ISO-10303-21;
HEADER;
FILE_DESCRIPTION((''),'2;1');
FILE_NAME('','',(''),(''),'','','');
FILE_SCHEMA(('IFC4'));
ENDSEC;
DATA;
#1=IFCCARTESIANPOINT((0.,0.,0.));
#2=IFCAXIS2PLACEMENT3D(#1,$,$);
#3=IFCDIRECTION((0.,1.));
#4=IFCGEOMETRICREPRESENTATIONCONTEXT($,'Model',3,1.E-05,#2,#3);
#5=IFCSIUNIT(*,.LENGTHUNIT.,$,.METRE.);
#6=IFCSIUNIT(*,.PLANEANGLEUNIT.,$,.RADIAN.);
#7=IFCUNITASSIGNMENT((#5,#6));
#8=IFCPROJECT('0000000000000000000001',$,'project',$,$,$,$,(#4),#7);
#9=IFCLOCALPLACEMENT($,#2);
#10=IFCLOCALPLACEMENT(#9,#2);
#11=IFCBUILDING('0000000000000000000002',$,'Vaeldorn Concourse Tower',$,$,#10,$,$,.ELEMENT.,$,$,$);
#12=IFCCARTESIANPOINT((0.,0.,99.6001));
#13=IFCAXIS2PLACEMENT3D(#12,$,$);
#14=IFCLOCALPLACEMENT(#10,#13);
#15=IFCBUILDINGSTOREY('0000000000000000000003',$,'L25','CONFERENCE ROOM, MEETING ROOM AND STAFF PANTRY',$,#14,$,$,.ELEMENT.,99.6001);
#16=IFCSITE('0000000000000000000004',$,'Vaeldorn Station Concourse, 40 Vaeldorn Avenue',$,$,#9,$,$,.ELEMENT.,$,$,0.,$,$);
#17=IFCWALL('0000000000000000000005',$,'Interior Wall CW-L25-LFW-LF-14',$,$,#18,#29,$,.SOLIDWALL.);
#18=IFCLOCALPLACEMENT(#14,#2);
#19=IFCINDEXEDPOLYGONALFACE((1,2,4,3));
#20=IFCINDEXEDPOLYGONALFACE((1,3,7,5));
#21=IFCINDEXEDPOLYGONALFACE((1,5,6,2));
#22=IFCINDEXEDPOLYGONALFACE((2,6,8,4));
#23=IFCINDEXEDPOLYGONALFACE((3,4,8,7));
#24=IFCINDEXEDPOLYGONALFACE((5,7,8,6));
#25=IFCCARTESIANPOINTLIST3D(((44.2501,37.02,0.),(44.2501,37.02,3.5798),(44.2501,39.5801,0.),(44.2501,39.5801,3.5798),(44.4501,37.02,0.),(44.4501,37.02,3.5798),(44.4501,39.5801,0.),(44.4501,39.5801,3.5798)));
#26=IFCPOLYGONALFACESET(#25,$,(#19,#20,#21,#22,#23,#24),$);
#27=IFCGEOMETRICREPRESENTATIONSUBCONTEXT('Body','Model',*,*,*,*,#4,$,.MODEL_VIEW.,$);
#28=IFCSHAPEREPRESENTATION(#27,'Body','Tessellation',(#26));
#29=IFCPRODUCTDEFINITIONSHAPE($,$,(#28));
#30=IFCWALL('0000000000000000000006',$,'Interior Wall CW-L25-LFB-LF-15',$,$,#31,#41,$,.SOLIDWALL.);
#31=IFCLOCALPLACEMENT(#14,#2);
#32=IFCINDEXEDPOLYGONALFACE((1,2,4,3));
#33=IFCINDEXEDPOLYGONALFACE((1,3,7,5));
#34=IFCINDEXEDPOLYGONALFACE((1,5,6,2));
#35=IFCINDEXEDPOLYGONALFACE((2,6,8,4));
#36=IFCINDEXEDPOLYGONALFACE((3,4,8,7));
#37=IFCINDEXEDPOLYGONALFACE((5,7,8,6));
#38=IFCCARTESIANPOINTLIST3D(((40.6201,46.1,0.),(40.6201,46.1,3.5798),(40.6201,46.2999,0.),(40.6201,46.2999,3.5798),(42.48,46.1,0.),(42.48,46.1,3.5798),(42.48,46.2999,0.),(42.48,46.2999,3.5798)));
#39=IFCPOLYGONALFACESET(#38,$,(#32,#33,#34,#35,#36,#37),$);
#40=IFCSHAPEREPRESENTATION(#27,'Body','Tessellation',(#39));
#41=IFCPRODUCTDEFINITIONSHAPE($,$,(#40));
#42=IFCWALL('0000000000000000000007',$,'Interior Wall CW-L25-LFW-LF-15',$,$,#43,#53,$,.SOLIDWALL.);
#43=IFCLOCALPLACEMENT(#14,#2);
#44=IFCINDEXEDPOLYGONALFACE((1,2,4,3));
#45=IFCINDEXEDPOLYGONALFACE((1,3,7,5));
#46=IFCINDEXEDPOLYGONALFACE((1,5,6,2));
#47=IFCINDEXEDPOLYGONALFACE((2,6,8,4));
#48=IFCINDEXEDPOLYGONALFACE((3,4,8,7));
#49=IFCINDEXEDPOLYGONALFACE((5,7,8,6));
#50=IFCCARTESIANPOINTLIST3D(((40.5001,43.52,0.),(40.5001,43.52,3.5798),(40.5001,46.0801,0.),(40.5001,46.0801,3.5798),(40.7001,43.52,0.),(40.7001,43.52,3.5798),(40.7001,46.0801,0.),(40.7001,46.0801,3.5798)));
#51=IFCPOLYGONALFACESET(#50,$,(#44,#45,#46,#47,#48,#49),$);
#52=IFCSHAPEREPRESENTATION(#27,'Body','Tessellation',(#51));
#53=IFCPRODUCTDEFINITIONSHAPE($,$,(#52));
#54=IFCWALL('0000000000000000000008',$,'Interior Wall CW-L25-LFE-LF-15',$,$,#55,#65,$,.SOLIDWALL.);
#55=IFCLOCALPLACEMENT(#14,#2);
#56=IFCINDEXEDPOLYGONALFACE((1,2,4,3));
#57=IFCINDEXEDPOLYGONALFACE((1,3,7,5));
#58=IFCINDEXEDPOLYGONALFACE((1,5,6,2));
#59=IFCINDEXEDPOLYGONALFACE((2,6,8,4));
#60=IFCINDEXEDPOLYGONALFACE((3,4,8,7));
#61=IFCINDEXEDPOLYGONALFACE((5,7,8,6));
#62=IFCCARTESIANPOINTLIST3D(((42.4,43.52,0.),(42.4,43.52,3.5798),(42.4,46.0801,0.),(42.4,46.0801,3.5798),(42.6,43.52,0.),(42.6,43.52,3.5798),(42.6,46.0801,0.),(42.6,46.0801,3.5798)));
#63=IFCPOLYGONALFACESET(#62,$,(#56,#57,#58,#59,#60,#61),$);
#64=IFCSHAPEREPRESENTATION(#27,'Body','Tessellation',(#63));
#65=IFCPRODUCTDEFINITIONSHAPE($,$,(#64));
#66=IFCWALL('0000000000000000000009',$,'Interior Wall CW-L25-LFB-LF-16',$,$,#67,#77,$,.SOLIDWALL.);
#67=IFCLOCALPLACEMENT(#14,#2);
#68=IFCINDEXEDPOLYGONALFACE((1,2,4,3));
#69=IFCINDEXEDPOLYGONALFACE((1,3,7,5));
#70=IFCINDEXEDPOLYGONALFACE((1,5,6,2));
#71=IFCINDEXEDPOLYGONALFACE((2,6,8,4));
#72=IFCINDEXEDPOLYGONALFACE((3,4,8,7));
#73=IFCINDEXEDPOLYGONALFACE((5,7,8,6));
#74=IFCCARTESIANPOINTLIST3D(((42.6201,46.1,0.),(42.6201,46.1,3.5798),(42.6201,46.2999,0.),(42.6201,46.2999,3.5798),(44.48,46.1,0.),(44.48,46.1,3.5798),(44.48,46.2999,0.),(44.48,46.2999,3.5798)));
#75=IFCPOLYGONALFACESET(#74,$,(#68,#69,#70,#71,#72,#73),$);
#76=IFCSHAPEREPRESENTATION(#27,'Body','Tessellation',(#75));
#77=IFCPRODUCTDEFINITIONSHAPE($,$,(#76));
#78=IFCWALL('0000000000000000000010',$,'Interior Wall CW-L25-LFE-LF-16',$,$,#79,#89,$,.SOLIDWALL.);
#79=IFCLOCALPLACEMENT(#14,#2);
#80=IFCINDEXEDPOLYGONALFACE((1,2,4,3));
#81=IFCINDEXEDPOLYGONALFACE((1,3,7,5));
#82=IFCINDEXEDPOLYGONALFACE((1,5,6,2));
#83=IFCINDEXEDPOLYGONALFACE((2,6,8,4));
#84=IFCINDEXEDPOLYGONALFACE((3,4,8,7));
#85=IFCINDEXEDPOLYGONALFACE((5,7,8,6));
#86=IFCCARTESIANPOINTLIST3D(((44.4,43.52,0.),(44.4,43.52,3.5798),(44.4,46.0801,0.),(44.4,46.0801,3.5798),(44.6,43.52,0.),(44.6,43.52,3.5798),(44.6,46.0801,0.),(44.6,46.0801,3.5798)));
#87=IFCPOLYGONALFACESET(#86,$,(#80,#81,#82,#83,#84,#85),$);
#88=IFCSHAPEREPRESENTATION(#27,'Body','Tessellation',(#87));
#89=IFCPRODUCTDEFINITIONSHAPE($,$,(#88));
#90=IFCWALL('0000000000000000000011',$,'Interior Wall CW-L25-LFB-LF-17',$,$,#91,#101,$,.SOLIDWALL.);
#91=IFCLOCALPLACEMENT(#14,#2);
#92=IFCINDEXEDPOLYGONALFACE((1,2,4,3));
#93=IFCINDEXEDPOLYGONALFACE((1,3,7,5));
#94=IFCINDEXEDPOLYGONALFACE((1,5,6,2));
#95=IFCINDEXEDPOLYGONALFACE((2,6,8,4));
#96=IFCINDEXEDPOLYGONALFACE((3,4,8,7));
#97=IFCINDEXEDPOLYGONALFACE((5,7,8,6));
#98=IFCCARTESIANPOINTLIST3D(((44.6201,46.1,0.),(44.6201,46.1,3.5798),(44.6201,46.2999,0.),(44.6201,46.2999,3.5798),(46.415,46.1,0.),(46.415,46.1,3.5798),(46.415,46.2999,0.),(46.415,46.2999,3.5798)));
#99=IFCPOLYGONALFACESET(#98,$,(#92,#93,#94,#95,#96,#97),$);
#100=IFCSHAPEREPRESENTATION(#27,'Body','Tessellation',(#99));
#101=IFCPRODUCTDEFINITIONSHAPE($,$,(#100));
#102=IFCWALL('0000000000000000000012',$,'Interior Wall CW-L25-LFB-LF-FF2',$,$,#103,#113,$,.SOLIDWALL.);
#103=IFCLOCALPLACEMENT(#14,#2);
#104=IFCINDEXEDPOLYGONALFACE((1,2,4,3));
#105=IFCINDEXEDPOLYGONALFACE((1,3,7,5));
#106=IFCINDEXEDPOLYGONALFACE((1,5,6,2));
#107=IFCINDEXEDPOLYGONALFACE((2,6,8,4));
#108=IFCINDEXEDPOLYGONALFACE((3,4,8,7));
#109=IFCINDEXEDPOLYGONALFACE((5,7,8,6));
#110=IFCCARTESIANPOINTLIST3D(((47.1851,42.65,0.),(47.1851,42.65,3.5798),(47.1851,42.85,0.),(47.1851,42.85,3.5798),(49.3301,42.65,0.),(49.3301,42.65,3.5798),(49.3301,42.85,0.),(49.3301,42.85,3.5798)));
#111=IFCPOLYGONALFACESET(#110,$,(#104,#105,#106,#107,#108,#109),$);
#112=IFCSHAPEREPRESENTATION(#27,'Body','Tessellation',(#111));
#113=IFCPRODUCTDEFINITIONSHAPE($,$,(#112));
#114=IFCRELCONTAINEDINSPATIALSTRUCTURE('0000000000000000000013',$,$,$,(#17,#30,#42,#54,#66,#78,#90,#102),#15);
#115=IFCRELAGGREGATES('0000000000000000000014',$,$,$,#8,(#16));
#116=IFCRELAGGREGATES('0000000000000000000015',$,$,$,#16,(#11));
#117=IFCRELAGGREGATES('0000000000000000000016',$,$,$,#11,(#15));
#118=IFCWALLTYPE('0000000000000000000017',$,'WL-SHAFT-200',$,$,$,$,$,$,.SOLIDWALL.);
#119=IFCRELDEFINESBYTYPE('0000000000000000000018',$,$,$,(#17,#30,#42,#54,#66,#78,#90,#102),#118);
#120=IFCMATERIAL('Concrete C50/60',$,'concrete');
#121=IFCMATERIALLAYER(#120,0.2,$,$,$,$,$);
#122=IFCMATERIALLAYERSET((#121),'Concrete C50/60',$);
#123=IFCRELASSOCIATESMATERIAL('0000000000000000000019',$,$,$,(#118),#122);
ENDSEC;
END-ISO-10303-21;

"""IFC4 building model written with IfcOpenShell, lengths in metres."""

from ifc_helpers import new_model, si_unit, direction, frame, frame_2d, origin, place, context, subcontext, project, spatial, rectangle, extrude, material, layer, layer_set, type_object, element, save


model = new_model("IFC4")

# Units and contexts
model_context = context("Model", 3, precision=1e-05, world=origin(), true_north=direction((0.0, 1.0)))
body_context = subcontext(model_context, "Body", "Model", "MODEL_VIEW")
ifc_project = project(units=[si_unit("LENGTHUNIT", "METRE"), si_unit("PLANEANGLEUNIT", "RADIAN")], contexts=[model_context])

# Site, building, storey
site_placement = place(None, origin())
site = spatial("IfcSite", under=ifc_project, at=site_placement, Name="Vaeldorn Station Concourse, 40 Vaeldorn Avenue", CompositionType="ELEMENT", RefElevation=0.0)
building_placement = place(site_placement, origin())
building = spatial("IfcBuilding", under=site, at=building_placement, Name="Vaeldorn Concourse Tower", CompositionType="ELEMENT")
storey_placement = place(building_placement, frame((0.0, 0.0, 99.6001)))
storey = spatial("IfcBuildingStorey", under=building, at=storey_placement, Name="L25", Description="CONFERENCE ROOM, MEETING ROOM AND STAFF PANTRY", CompositionType="ELEMENT", Elevation=99.6001)

# Shared definitions
ifc_material_1 = material(Name="Concrete C50/60", Category="concrete")
ifc_layer_1 = layer(ifc_material_1, 0.2)
ifc_layer_set_1 = layer_set([ifc_layer_1], Name="Concrete C50/60")
wall_type_1 = type_object("IfcWallType", Name="WL-SHAFT-200", PredefinedType="SOLIDWALL", material=ifc_layer_set_1)

# Wall
wall_1_placement = place(storey_placement, frame((44.3501, 37.02, 0.0), z_axis=(0.0, 0.0, 1.0), x_axis=(0.0, 1.0, 0.0)))
element("IfcWall", 1, at=wall_1_placement, inside=storey, type_object=wall_type_1, Name="Interior Wall CW-L25-LFW-LF-14", PredefinedType="SOLIDWALL", context=body_context, shape_type="SweptSolid", body=[
    extrude(rectangle(XDim=2.5601, YDim=0.2, at=frame_2d((1.28, 0.0))), origin(), (0.0, 0.0, 1.0), 3.5798),
])

# Walls
wall_2_placement = place(storey_placement, frame((40.6201, 46.2, 0.0), z_axis=(0.0, 0.0, 1.0), x_axis=(1.0, 0.0, 0.0)))
element("IfcWall", 2, at=wall_2_placement, inside=storey, type_object=wall_type_1, Name="Interior Wall CW-L25-LFB-LF-15", PredefinedType="SOLIDWALL", context=body_context, shape_type="SweptSolid", body=[
    extrude(rectangle(XDim=1.8599, YDim=0.2, at=frame_2d((0.9299, 0.0))), origin(), (0.0, 0.0, 1.0), 3.5798),
])
for number, where, z_axis, x_axis, name in (
    (3, (40.6001, 43.52, 0.0), (0.0, 0.0, 1.0), (0.0, 1.0, 0.0), "Interior Wall CW-L25-LFW-LF-15"),
    (4, (42.5, 43.52, 0.0), (0.0, 0.0, 1.0), (0.0, 1.0, 0.0), "Interior Wall CW-L25-LFE-LF-15"),
):
    element("IfcWall", number, at=place(storey_placement, frame(where, z_axis=z_axis, x_axis=x_axis)), inside=storey, type_object=wall_type_1, Name=name, PredefinedType="SOLIDWALL", context=body_context, shape_type="SweptSolid", body=[
        extrude(rectangle(XDim=2.5601, YDim=0.2, at=frame_2d((1.28, 0.0))), origin(), (0.0, 0.0, 1.0), 3.5798),
    ])

# Walls
wall_3_placement = place(storey_placement, frame((42.6201, 46.2, 0.0), z_axis=(0.0, 0.0, 1.0), x_axis=(1.0, 0.0, 0.0)))
element("IfcWall", 5, at=wall_3_placement, inside=storey, type_object=wall_type_1, Name="Interior Wall CW-L25-LFB-LF-16", PredefinedType="SOLIDWALL", context=body_context, shape_type="SweptSolid", body=[
    extrude(rectangle(XDim=1.8599, YDim=0.2, at=frame_2d((0.9299, 0.0))), origin(), (0.0, 0.0, 1.0), 3.5798),
])
wall_4_placement = place(storey_placement, frame((44.5, 43.52, 0.0), z_axis=(0.0, 0.0, 1.0), x_axis=(0.0, 1.0, 0.0)))
element("IfcWall", 6, at=wall_4_placement, inside=storey, type_object=wall_type_1, Name="Interior Wall CW-L25-LFE-LF-16", PredefinedType="SOLIDWALL", context=body_context, shape_type="SweptSolid", body=[
    extrude(rectangle(XDim=2.5601, YDim=0.2, at=frame_2d((1.28, 0.0))), origin(), (0.0, 0.0, 1.0), 3.5798),
])

# Wall
wall_5_placement = place(storey_placement, frame((44.6201, 46.2, 0.0), z_axis=(0.0, 0.0, 1.0), x_axis=(1.0, 0.0, 0.0)))
element("IfcWall", 7, at=wall_5_placement, inside=storey, type_object=wall_type_1, Name="Interior Wall CW-L25-LFB-LF-17", PredefinedType="SOLIDWALL", context=body_context, shape_type="SweptSolid", body=[
    extrude(rectangle(XDim=1.7949, YDim=0.2, at=frame_2d((0.8975, 0.0))), origin(), (0.0, 0.0, 1.0), 3.5798),
])

# Wall
wall_6_placement = place(storey_placement, frame((47.1851, 42.75, 0.0), z_axis=(0.0, 0.0, 1.0), x_axis=(1.0, 0.0, 0.0)))
element("IfcWall", 8, at=wall_6_placement, inside=storey, type_object=wall_type_1, Name="Interior Wall CW-L25-LFB-LF-FF2", PredefinedType="SOLIDWALL", context=body_context, shape_type="SweptSolid", body=[
    extrude(rectangle(XDim=2.145, YDim=0.2, at=frame_2d((1.0725, 0.0))), origin(), (0.0, 0.0, 1.0), 3.5798),
])

save(model, "model.ifc")
